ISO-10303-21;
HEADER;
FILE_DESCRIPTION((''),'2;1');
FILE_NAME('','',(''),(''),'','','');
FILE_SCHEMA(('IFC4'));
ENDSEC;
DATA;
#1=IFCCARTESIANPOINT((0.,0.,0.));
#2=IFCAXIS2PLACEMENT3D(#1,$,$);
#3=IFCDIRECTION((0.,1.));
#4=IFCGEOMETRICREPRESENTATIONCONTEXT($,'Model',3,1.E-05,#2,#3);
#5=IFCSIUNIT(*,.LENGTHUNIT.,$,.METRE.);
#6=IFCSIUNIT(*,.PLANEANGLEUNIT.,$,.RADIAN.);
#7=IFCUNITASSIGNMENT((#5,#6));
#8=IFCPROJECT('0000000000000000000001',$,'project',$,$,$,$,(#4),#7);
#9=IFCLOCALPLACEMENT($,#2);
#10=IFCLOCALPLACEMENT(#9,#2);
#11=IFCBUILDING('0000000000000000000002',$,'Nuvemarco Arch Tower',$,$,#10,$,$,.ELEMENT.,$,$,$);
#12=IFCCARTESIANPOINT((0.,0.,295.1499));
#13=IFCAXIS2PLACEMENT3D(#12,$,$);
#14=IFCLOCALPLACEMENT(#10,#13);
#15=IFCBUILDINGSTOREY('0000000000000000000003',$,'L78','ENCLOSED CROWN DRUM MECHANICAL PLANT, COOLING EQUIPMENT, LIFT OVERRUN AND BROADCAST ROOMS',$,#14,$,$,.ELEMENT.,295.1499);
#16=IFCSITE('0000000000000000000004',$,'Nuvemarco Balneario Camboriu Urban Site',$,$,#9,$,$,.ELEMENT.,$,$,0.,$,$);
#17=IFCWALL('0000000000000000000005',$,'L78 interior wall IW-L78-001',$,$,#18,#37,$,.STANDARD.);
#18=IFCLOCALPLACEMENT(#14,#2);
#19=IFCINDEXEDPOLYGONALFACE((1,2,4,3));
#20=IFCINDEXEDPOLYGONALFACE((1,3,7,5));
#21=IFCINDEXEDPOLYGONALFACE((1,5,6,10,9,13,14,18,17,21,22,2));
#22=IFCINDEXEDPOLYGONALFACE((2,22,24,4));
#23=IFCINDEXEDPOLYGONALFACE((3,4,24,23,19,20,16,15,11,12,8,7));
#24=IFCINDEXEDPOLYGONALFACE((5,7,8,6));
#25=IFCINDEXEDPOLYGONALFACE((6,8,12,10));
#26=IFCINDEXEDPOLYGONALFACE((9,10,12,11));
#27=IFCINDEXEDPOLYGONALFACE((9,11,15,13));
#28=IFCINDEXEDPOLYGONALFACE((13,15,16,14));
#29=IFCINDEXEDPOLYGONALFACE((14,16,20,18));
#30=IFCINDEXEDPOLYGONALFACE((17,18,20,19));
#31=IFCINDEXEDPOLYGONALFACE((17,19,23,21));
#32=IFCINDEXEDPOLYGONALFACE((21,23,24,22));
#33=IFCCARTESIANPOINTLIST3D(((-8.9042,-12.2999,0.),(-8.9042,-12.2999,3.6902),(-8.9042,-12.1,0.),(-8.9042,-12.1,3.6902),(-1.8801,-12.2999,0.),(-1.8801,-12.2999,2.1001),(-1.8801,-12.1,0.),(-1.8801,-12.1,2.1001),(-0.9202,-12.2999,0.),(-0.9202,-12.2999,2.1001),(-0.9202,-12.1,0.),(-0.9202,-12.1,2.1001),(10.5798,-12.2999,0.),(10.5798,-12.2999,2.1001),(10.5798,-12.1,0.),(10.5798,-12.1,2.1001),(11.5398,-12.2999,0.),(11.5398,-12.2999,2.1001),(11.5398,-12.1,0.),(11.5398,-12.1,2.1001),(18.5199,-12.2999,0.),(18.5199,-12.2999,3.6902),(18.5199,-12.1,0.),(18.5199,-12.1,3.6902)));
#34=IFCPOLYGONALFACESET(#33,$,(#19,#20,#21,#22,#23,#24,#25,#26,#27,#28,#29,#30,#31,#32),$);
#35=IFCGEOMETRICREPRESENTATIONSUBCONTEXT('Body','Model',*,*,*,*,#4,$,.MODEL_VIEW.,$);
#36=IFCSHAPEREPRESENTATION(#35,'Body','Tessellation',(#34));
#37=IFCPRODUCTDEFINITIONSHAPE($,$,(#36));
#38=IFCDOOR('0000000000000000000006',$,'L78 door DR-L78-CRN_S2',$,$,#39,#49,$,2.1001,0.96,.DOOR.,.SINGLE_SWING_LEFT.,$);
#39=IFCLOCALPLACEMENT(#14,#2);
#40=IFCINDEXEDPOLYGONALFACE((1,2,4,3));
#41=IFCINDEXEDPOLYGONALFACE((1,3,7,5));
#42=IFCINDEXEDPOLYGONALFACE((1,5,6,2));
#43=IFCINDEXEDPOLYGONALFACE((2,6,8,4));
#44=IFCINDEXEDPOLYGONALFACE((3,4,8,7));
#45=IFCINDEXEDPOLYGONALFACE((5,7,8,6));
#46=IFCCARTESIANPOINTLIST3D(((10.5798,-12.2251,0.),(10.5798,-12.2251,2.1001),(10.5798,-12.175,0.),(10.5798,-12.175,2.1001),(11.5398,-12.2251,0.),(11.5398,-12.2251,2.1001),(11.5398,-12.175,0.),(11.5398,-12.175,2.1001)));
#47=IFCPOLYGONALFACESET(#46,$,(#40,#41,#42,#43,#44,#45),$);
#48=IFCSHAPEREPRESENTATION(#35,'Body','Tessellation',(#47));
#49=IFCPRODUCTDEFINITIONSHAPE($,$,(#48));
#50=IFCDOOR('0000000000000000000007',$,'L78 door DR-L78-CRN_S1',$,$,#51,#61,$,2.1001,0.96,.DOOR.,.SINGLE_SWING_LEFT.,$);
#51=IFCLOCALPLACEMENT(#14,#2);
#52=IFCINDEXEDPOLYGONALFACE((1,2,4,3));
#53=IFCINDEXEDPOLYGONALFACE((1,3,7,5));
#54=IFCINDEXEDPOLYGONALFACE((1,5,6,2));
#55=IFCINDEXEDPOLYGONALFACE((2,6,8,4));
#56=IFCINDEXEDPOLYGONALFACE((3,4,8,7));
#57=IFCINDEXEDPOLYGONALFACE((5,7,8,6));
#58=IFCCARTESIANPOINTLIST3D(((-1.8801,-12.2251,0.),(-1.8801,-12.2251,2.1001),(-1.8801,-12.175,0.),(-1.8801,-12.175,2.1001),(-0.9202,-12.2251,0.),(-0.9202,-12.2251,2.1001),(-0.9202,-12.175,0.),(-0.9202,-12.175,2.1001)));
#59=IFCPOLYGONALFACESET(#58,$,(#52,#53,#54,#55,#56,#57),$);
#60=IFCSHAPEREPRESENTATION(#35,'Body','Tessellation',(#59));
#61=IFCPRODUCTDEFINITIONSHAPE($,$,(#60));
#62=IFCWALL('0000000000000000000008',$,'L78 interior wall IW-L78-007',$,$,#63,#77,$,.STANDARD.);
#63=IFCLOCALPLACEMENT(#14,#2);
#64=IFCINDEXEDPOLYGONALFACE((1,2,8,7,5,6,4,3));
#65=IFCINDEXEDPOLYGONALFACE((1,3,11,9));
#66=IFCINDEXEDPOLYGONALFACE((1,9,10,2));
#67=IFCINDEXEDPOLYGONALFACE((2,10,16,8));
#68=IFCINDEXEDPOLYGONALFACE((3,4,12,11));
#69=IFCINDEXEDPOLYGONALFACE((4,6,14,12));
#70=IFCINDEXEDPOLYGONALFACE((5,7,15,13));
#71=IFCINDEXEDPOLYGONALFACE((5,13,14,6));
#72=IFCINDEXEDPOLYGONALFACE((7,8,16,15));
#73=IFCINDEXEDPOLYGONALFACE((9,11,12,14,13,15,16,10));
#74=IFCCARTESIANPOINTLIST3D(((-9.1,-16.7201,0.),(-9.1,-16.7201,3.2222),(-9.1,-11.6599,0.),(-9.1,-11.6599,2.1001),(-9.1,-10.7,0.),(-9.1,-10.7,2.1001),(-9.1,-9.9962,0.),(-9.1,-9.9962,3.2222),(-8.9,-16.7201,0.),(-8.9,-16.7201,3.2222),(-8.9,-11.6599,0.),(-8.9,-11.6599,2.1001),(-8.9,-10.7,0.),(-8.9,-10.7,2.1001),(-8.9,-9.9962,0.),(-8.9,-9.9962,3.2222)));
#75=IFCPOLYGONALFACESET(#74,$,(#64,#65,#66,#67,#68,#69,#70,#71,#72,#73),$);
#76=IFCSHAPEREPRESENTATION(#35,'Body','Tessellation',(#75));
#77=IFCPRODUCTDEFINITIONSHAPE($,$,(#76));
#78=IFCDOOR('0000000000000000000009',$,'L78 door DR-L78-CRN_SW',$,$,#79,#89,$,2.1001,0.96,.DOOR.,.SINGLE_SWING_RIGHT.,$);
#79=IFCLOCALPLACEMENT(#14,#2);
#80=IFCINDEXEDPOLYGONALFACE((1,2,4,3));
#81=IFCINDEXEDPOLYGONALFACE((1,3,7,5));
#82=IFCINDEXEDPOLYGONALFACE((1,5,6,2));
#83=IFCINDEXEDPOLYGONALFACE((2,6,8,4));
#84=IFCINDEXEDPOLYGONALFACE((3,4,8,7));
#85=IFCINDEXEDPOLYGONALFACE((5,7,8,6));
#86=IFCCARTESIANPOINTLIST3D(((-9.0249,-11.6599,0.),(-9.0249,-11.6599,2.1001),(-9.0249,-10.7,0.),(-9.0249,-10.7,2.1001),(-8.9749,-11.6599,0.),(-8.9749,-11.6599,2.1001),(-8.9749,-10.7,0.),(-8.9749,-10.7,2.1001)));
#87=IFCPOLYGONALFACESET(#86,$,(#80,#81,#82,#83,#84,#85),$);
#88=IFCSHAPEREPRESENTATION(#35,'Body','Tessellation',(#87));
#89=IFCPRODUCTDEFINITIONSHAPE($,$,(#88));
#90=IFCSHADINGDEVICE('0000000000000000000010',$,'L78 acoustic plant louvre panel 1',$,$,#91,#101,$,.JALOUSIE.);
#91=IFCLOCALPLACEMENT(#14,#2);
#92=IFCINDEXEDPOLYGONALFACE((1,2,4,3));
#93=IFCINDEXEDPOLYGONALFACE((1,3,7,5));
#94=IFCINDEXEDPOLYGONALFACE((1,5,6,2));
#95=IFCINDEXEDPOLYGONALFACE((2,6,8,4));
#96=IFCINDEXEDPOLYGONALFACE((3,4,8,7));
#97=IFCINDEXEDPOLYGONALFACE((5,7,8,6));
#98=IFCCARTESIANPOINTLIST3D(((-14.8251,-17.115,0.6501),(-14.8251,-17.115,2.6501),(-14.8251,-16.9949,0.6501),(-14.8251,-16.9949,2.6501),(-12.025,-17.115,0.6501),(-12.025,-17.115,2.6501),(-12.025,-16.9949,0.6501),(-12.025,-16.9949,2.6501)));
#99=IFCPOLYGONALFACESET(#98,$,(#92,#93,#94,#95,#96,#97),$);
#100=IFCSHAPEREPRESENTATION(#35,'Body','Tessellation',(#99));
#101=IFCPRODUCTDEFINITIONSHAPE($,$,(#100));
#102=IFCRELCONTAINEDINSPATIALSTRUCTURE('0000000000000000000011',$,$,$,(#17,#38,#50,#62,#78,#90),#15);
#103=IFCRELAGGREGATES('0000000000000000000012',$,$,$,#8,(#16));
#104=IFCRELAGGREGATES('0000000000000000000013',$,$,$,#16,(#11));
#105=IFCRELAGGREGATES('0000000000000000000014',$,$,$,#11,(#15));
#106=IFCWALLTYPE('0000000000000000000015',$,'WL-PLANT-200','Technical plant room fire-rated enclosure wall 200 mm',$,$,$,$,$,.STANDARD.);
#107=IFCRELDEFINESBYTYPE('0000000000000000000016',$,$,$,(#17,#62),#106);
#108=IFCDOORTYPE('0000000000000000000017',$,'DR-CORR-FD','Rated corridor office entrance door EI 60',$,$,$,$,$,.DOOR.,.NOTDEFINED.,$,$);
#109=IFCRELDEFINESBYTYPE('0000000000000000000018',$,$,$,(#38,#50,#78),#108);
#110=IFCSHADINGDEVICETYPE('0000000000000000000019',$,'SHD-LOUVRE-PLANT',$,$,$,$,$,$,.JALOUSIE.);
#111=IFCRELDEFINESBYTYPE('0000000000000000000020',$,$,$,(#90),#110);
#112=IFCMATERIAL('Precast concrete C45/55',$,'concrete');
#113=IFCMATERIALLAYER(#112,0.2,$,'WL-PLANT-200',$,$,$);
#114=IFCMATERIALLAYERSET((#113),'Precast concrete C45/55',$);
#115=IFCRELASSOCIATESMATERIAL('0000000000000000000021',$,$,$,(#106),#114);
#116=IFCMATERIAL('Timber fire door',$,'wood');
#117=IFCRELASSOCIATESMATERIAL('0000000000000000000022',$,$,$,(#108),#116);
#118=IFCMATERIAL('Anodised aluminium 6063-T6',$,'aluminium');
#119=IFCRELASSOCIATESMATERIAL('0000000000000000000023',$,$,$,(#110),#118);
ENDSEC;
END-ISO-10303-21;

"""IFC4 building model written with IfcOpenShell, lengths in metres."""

from ifc_helpers import new_model, si_unit, direction, frame, frame_2d, origin, origin_2d, place, context, subcontext, project, spatial, rectangle, extrude, source, transform, mapped, material, layer, layer_set, type_object, type_shapes, element, fill, save


model = new_model("IFC4")

# Units and contexts
model_context = context("Model", 3, precision=1e-05, world=origin(), true_north=direction((0.0, 1.0)))
body_context = subcontext(model_context, "Body", "Model", "MODEL_VIEW")
ifc_project = project(units=[si_unit("LENGTHUNIT", "METRE"), si_unit("PLANEANGLEUNIT", "RADIAN")], contexts=[model_context])

# Site, building, storey
site_placement = place(None, origin())
site = spatial("IfcSite", under=ifc_project, at=site_placement, Name="Nuvemarco Balneario Camboriu Urban Site", CompositionType="ELEMENT", RefElevation=0.0)
building_placement = place(site_placement, origin())
building = spatial("IfcBuilding", under=site, at=building_placement, Name="Nuvemarco Arch Tower", CompositionType="ELEMENT")
storey_placement = place(building_placement, frame((0.0, 0.0, 295.1499)))
storey = spatial("IfcBuildingStorey", under=building, at=storey_placement, Name="L78", Description="ENCLOSED CROWN DRUM MECHANICAL PLANT, COOLING EQUIPMENT, LIFT OVERRUN AND BROADCAST ROOMS", CompositionType="ELEMENT", Elevation=295.1499)

# Shared definitions
ifc_material_1 = material(Name="Precast concrete C45/55", Category="concrete")

# Wall, openings, doors
ifc_layer_1 = layer(ifc_material_1, 0.2, Name="WL-PLANT-200")
ifc_layer_set_1 = layer_set([ifc_layer_1], Name="Precast concrete C45/55")
wall_type_1 = type_object("IfcWallType", Name="WL-PLANT-200", Description="Technical plant room fire-rated enclosure wall 200 mm", PredefinedType="STANDARD", material=ifc_layer_set_1)
wall_1_placement = place(storey_placement, frame((-8.9041, -12.2, 0.0), z_axis=(0.0, 0.0, 1.0), x_axis=(1.0, 0.0, 0.0)))
wall_1 = element("IfcWall", 1, at=wall_1_placement, inside=storey, type_object=wall_type_1, Name="L78 interior wall IW-L78-001", PredefinedType="STANDARD", context=body_context, shape_type="SweptSolid", body=[
    extrude(rectangle(XDim=27.4241, YDim=0.2, at=frame_2d((13.7119, 0.0))), origin(), (0.0, 0.0, 1.0), 3.6902),
])
opening_1_placement = place(wall_1_placement, frame((19.4839, 0.0, 0.0)))
opening_1 = element("IfcOpeningElement", 2, at=opening_1_placement, cuts=wall_1, PredefinedType="OPENING", context=body_context, shape_type="SweptSolid", body=[
    extrude(rectangle(XDim=0.96, YDim=2.1001, at=frame_2d((0.48, 1.05))), frame((0.0, 0.1099, 0.0), z_axis=(0.0, -1.0, 0.0), x_axis=(1.0, 0.0, 0.0)), (0.0, 0.0, 1.0), 0.22),
])
opening_2_placement = place(wall_1_placement, frame((7.0239, 0.0, 0.0)))
opening_2 = element("IfcOpeningElement", 3, at=opening_2_placement, cuts=wall_1, PredefinedType="OPENING", context=body_context, shape_type="SweptSolid", body=[
    extrude(rectangle(XDim=0.96, YDim=2.1001, at=frame_2d((0.48, 1.05))), frame((0.0, 0.1099, 0.0), z_axis=(0.0, -1.0, 0.0), x_axis=(1.0, 0.0, 0.0)), (0.0, 0.0, 1.0), 0.22),
])
ifc_material_2 = material(Name="Timber fire door", Category="wood")
door_type = type_object("IfcDoorType", Name="DR-CORR-FD", Description="Rated corridor office entrance door EI 60", OperationType="NOTDEFINED", PredefinedType="DOOR", material=ifc_material_2)
shared_shape_1 = source(origin(), body_context, "Body", "SweptSolid", [
    extrude(rectangle(XDim=0.96, YDim=2.1001, at=frame_2d((0.48, 1.05))), frame((0.0, 0.0249, 0.0), z_axis=(0.0, -1.0, 0.0), x_axis=(1.0, 0.0, 0.0)), (0.0, 0.0, 1.0), 0.05),
])
type_shapes(door_type, [shared_shape_1])
door_1_placement = place(opening_1_placement, origin())
door_1 = element("IfcDoor", 4, at=door_1_placement, inside=storey, type_object=door_type, Name="L78 door DR-L78-CRN_S2", OperationType="SINGLE_SWING_LEFT", OverallHeight=2.1001, OverallWidth=0.96, PredefinedType="DOOR", context=body_context, shape_type="MappedRepresentation", body=[
    mapped(shared_shape_1, transform((0.0, 0.0, 0.0), scale=1.0)),
])
fill(opening_1, door_1)
door_2_placement = place(opening_2_placement, origin())
door_2 = element("IfcDoor", 5, at=door_2_placement, inside=storey, type_object=door_type, Name="L78 door DR-L78-CRN_S1", OperationType="SINGLE_SWING_LEFT", OverallHeight=2.1001, OverallWidth=0.96, PredefinedType="DOOR", context=body_context, shape_type="MappedRepresentation", body=[
    mapped(shared_shape_1, transform((0.0, 0.0, 0.0), scale=1.0)),
])
fill(opening_2, door_2)

# Wall, opening, door
wall_2_placement = place(storey_placement, frame((-9.0, -16.72, 0.0), z_axis=(0.0, 0.0, 1.0), x_axis=(0.0, 1.0, 0.0)))
wall_2 = element("IfcWall", 6, at=wall_2_placement, inside=storey, type_object=wall_type_1, Name="L78 interior wall IW-L78-007", PredefinedType="STANDARD", context=body_context, shape_type="SweptSolid", body=[
    extrude(rectangle(XDim=6.7239, YDim=0.2, at=frame_2d((3.3618, 0.0))), origin(), (0.0, 0.0, 1.0), 3.2222),
])
opening_3_placement = place(wall_2_placement, frame((5.0601, 0.0, 0.0)))
opening_3 = element("IfcOpeningElement", 7, at=opening_3_placement, cuts=wall_2, PredefinedType="OPENING", context=body_context, shape_type="SweptSolid", body=[
    extrude(rectangle(XDim=0.96, YDim=2.1001, at=frame_2d((0.48, 1.05))), frame((0.0, 0.1099, 0.0), z_axis=(0.0, -1.0, 0.0), x_axis=(1.0, 0.0, 0.0)), (0.0, 0.0, 1.0), 0.22),
])
door_3_placement = place(opening_3_placement, origin())
door_3 = element("IfcDoor", 8, at=door_3_placement, inside=storey, type_object=door_type, Name="L78 door DR-L78-CRN_SW", OperationType="SINGLE_SWING_RIGHT", OverallHeight=2.1001, OverallWidth=0.96, PredefinedType="DOOR", context=body_context, shape_type="MappedRepresentation", body=[
    mapped(shared_shape_1, transform((0.0, 0.0, 0.0), scale=1.0)),
])
fill(opening_3, door_3)

# Shading device
ifc_material_3 = material(Name="Anodised aluminium 6063-T6", Category="aluminium")
shading_device_type = type_object("IfcShadingDeviceType", Name="SHD-LOUVRE-PLANT", PredefinedType="JALOUSIE", material=ifc_material_3)
shared_shape_2 = source(origin(), body_context, "Body", "SweptSolid", [
    extrude(rectangle(XDim=2.8, YDim=0.1201, at=origin_2d()), origin(), (0.0, 0.0, 1.0), 2.0),
])
type_shapes(shading_device_type, [shared_shape_2])
shading_device_placement = place(storey_placement, frame((-13.425, -17.0549, 0.6501), z_axis=(0.0, 0.0, 1.0), x_axis=(1.0, 0.0, 0.0)))
element("IfcShadingDevice", 9, at=shading_device_placement, inside=storey, type_object=shading_device_type, Name="L78 acoustic plant louvre panel 1", PredefinedType="JALOUSIE", context=body_context, shape_type="MappedRepresentation", body=[
    mapped(shared_shape_2, transform((0.0, 0.0, 0.0), scale=1.0)),
])

save(model, "model.ifc")
